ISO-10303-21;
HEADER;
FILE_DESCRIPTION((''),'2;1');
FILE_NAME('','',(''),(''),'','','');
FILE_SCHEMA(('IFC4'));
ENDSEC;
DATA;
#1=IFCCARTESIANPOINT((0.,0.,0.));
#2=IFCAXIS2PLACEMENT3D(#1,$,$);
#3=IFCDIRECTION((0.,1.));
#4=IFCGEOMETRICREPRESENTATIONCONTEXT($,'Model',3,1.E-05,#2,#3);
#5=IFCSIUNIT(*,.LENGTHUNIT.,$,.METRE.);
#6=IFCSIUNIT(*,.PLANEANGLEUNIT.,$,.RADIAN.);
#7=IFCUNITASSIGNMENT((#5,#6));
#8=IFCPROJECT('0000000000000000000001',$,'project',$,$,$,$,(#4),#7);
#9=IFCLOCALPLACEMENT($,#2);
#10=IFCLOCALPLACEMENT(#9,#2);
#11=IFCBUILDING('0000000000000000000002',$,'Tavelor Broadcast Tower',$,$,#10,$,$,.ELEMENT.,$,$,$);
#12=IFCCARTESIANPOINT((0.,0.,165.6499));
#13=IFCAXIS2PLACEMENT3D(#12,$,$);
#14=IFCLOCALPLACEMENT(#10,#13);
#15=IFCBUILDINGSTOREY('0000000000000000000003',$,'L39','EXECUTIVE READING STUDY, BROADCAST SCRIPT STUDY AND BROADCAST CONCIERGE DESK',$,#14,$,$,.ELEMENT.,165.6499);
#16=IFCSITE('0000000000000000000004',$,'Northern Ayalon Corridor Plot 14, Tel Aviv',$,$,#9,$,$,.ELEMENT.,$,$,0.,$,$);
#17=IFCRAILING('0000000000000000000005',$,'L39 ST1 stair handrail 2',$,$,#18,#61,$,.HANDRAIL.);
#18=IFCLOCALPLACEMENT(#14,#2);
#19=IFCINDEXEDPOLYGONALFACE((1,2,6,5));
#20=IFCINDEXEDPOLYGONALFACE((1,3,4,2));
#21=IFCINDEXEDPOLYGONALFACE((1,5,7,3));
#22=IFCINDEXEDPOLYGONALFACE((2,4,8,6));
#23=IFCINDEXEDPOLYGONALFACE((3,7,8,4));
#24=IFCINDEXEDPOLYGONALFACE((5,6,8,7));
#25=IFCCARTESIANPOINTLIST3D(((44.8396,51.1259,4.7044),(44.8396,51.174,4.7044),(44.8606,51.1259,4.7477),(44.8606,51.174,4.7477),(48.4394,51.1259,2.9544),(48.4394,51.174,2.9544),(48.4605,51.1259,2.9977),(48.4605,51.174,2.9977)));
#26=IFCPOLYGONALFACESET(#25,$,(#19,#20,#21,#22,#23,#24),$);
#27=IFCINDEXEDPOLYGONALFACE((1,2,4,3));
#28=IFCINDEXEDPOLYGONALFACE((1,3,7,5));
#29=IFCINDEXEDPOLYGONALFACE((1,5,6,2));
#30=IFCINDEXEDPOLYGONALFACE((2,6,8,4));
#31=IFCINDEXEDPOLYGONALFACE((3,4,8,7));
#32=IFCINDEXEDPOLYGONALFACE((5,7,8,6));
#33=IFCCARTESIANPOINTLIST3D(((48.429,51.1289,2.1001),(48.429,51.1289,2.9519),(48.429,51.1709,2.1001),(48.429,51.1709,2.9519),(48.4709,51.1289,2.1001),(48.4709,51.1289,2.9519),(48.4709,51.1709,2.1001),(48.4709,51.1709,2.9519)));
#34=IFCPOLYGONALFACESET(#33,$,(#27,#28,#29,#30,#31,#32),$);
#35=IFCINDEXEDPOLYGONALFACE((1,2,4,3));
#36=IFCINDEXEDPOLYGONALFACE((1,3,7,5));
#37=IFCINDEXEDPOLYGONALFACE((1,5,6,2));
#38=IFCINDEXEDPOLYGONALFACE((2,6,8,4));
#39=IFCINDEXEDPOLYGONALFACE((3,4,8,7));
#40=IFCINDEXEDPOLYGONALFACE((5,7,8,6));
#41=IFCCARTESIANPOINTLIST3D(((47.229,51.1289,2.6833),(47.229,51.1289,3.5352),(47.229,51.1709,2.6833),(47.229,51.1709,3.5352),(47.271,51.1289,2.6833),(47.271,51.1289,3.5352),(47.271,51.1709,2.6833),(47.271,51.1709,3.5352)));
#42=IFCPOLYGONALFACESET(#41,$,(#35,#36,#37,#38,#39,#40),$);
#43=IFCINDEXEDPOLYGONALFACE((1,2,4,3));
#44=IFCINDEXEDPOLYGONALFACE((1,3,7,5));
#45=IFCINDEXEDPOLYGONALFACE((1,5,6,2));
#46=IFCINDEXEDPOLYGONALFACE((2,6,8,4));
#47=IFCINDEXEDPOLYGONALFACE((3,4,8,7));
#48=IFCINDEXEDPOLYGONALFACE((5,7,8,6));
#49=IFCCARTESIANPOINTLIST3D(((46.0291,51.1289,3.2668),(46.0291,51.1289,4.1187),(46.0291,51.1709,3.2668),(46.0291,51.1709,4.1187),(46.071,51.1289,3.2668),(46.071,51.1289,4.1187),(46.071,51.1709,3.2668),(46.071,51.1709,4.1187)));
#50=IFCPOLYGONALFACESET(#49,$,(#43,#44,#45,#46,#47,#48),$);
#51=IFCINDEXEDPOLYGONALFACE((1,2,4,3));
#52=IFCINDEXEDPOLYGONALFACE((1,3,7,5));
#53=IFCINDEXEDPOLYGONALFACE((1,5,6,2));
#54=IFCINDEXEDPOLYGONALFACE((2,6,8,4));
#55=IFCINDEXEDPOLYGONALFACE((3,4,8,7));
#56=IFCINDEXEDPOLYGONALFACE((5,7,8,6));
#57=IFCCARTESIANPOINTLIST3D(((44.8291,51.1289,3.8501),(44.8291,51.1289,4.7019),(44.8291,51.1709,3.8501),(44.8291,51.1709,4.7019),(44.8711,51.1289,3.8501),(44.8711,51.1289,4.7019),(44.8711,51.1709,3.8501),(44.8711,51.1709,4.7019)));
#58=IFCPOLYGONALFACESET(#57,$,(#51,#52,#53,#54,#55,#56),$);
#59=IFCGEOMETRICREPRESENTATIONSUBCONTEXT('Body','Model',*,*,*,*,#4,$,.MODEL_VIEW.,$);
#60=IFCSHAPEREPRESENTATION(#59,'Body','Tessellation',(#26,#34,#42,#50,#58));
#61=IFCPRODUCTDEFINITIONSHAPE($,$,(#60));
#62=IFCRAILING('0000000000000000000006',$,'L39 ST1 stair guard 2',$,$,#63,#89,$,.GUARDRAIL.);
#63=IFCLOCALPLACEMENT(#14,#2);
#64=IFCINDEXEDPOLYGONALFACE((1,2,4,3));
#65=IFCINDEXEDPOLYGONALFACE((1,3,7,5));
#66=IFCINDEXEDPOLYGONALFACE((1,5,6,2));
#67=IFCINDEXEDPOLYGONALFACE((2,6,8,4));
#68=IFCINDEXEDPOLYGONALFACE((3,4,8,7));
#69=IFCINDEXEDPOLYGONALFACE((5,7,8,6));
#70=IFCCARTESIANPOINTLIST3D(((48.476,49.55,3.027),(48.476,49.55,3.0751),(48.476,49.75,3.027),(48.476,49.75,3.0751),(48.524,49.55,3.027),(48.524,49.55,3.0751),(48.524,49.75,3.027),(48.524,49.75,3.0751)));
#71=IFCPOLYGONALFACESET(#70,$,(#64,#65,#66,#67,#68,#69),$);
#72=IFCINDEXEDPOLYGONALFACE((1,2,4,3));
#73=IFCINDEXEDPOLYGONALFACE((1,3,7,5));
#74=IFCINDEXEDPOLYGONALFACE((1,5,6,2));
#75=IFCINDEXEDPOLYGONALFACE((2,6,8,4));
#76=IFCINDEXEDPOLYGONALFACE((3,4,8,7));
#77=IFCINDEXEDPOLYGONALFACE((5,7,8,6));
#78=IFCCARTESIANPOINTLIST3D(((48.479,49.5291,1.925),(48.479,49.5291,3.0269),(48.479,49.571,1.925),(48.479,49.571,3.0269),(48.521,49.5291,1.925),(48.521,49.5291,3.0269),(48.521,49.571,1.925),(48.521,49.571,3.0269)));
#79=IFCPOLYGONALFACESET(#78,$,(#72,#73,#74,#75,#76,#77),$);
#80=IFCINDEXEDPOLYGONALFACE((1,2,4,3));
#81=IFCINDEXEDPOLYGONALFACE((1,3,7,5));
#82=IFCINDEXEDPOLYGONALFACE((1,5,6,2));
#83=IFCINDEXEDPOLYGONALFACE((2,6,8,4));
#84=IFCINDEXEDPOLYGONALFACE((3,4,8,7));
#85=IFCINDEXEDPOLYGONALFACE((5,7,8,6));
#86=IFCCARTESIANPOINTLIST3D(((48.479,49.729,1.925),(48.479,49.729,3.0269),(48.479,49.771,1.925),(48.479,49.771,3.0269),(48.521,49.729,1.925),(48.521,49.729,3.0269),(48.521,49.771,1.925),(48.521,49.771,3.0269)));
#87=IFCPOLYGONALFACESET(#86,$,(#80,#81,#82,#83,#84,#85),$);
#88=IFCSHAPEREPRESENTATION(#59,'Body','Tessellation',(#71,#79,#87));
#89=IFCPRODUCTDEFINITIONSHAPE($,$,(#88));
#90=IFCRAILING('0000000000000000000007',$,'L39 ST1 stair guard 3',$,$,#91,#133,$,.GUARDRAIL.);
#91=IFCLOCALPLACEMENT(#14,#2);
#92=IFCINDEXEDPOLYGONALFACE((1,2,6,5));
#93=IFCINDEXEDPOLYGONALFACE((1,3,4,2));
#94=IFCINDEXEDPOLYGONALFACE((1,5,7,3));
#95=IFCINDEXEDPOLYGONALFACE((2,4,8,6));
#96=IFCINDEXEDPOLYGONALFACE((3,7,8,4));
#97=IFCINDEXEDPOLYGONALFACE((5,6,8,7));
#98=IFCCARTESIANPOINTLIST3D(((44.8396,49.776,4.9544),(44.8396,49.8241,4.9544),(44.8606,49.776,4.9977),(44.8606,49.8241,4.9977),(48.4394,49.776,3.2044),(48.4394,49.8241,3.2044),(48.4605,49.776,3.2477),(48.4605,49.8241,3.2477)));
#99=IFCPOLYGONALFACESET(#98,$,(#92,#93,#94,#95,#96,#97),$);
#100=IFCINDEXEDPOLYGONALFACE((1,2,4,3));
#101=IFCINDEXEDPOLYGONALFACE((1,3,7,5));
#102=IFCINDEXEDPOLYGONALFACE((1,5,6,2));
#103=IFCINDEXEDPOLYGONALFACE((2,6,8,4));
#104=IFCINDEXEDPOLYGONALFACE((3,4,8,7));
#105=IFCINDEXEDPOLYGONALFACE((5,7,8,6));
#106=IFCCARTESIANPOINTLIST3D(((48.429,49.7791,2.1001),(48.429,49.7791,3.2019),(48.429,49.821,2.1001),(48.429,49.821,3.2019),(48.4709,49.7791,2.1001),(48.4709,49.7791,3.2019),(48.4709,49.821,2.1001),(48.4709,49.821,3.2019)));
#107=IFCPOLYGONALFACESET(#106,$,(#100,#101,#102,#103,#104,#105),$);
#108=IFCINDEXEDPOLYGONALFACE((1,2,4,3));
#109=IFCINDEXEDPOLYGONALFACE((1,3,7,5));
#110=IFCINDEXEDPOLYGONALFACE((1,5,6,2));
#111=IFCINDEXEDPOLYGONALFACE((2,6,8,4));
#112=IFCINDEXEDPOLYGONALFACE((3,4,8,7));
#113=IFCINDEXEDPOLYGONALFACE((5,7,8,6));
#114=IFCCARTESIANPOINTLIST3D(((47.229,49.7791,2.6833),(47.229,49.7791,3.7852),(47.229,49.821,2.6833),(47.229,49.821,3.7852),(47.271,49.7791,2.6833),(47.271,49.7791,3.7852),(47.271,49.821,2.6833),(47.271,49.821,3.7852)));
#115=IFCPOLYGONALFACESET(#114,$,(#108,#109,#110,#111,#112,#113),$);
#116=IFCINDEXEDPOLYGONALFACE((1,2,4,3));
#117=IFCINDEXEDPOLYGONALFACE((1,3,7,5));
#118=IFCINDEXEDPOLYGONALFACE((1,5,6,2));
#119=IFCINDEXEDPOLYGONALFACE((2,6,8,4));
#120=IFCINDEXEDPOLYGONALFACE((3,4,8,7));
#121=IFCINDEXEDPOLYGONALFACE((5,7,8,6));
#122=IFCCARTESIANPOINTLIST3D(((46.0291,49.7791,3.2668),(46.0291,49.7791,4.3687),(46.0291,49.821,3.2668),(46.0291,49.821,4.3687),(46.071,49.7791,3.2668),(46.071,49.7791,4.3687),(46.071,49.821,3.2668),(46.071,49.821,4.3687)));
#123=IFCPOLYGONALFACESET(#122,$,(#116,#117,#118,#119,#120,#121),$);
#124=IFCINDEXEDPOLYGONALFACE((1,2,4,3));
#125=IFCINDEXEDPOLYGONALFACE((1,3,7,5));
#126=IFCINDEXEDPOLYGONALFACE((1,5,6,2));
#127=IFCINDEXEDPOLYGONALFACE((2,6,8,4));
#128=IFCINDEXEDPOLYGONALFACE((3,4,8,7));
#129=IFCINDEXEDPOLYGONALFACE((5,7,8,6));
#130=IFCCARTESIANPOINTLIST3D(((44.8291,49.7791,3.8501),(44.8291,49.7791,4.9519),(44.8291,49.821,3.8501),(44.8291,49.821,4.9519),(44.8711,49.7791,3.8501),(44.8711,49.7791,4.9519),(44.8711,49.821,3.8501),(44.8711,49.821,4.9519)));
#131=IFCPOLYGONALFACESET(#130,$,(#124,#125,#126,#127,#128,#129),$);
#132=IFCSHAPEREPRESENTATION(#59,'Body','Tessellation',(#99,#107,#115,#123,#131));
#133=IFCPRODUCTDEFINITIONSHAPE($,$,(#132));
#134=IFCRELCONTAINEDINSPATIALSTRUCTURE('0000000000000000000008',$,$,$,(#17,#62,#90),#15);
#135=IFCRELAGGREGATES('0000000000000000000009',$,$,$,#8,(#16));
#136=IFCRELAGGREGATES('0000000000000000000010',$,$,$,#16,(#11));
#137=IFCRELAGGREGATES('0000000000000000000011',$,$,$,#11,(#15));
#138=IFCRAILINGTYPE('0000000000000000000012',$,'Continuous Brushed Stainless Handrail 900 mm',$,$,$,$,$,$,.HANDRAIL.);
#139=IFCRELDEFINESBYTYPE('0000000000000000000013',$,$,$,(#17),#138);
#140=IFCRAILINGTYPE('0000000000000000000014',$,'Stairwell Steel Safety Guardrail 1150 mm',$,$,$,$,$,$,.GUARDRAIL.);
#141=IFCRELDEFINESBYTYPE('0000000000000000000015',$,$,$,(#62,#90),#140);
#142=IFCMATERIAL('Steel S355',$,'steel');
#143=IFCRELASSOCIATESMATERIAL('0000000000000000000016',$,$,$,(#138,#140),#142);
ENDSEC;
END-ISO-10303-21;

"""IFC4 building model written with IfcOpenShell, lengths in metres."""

from ifc_helpers import new_model, si_unit, direction, frame, origin, origin_2d, place, context, subcontext, project, spatial, rectangle, extrude, material, type_object, element, save


model = new_model("IFC4")

# Units and contexts
model_context = context("Model", 3, precision=1e-05, world=origin(), true_north=direction((0.0, 1.0)))
body_context = subcontext(model_context, "Body", "Model", "MODEL_VIEW")
ifc_project = project(units=[si_unit("LENGTHUNIT", "METRE"), si_unit("PLANEANGLEUNIT", "RADIAN")], contexts=[model_context])

# Site, building, storey
site_placement = place(None, origin())
site = spatial("IfcSite", under=ifc_project, at=site_placement, Name="Northern Ayalon Corridor Plot 14, Tel Aviv", CompositionType="ELEMENT", RefElevation=0.0)
building_placement = place(site_placement, origin())
building = spatial("IfcBuilding", under=site, at=building_placement, Name="Tavelor Broadcast Tower", CompositionType="ELEMENT")
storey_placement = place(building_placement, frame((0.0, 0.0, 165.6499)))
storey = spatial("IfcBuildingStorey", under=building, at=storey_placement, Name="L39", Description="EXECUTIVE READING STUDY, BROADCAST SCRIPT STUDY AND BROADCAST CONCIERGE DESK", CompositionType="ELEMENT", Elevation=165.6499)

# Shared definitions
ifc_material_1 = material(Name="Steel S355", Category="steel")

# Railings
railing_type_1 = type_object("IfcRailingType", Name="Continuous Brushed Stainless Handrail 900 mm", PredefinedType="HANDRAIL", material=ifc_material_1)
railing_1_placement = place(storey_placement, frame((48.45, 51.1499, 2.1001)))
element("IfcRailing", 1, at=railing_1_placement, inside=storey, type_object=railing_type_1, Name="L39 ST1 stair handrail 2", PredefinedType="HANDRAIL", context=body_context, shape_type="SweptSolid", body=[
    extrude(rectangle(XDim=0.0481, YDim=0.0481, at=origin_2d()), frame((0.0, 0.0, 0.876), z_axis=(-0.899361, 0.0, 0.437207), x_axis=(0.0, -1.0, 0.0)), (0.0, 0.0, 1.0), 4.0027),
    extrude(rectangle(XDim=0.042, YDim=0.042, at=origin_2d()), origin(), (0.0, 0.0, 1.0), 0.8518),
    extrude(rectangle(XDim=0.042, YDim=0.042, at=origin_2d()), frame((-1.2, 0.0, 0.5833)), (0.0, 0.0, 1.0), 0.8518),
    extrude(rectangle(XDim=0.042, YDim=0.042, at=origin_2d()), frame((-2.3999, 0.0, 1.1667)), (0.0, 0.0, 1.0), 0.8518),
    extrude(rectangle(XDim=0.042, YDim=0.042, at=origin_2d()), frame((-3.5999, 0.0, 1.75)), (0.0, 0.0, 1.0), 0.8518),
])
railing_type_2 = type_object("IfcRailingType", Name="Stairwell Steel Safety Guardrail 1150 mm", PredefinedType="GUARDRAIL", material=ifc_material_1)
railing_2_placement = place(storey_placement, frame((48.5, 49.55, 1.925)))
element("IfcRailing", 2, at=railing_2_placement, inside=storey, type_object=railing_type_2, Name="L39 ST1 stair guard 2", PredefinedType="GUARDRAIL", context=body_context, shape_type="SweptSolid", body=[
    extrude(rectangle(XDim=0.0481, YDim=0.0481, at=origin_2d()), frame((0.0, 0.0, 1.126), z_axis=(0.0, 1.0, 0.0), x_axis=(-1.0, 0.0, 0.0)), (0.0, 0.0, 1.0), 0.2),
    extrude(rectangle(XDim=0.042, YDim=0.042, at=origin_2d()), origin(), (0.0, 0.0, 1.0), 1.1018),
    extrude(rectangle(XDim=0.042, YDim=0.042, at=origin_2d()), frame((0.0, 0.2, 0.0)), (0.0, 0.0, 1.0), 1.1018),
])
railing_3_placement = place(storey_placement, frame((48.45, 49.8, 2.1001)))
element("IfcRailing", 3, at=railing_3_placement, inside=storey, type_object=railing_type_2, Name="L39 ST1 stair guard 3", PredefinedType="GUARDRAIL", context=body_context, shape_type="SweptSolid", body=[
    extrude(rectangle(XDim=0.0481, YDim=0.0481, at=origin_2d()), frame((0.0, 0.0, 1.126), z_axis=(-0.899361, 0.0, 0.437207), x_axis=(0.0, -1.0, 0.0)), (0.0, 0.0, 1.0), 4.0027),
    extrude(rectangle(XDim=0.042, YDim=0.042, at=origin_2d()), origin(), (0.0, 0.0, 1.0), 1.1018),
    extrude(rectangle(XDim=0.042, YDim=0.042, at=origin_2d()), frame((-1.2, 0.0, 0.5833)), (0.0, 0.0, 1.0), 1.1018),
    extrude(rectangle(XDim=0.042, YDim=0.042, at=origin_2d()), frame((-2.3999, 0.0, 1.1667)), (0.0, 0.0, 1.0), 1.1018),
    extrude(rectangle(XDim=0.042, YDim=0.042, at=origin_2d()), frame((-3.5999, 0.0, 1.75)), (0.0, 0.0, 1.0), 1.1018),
])

save(model, "model.ifc")
